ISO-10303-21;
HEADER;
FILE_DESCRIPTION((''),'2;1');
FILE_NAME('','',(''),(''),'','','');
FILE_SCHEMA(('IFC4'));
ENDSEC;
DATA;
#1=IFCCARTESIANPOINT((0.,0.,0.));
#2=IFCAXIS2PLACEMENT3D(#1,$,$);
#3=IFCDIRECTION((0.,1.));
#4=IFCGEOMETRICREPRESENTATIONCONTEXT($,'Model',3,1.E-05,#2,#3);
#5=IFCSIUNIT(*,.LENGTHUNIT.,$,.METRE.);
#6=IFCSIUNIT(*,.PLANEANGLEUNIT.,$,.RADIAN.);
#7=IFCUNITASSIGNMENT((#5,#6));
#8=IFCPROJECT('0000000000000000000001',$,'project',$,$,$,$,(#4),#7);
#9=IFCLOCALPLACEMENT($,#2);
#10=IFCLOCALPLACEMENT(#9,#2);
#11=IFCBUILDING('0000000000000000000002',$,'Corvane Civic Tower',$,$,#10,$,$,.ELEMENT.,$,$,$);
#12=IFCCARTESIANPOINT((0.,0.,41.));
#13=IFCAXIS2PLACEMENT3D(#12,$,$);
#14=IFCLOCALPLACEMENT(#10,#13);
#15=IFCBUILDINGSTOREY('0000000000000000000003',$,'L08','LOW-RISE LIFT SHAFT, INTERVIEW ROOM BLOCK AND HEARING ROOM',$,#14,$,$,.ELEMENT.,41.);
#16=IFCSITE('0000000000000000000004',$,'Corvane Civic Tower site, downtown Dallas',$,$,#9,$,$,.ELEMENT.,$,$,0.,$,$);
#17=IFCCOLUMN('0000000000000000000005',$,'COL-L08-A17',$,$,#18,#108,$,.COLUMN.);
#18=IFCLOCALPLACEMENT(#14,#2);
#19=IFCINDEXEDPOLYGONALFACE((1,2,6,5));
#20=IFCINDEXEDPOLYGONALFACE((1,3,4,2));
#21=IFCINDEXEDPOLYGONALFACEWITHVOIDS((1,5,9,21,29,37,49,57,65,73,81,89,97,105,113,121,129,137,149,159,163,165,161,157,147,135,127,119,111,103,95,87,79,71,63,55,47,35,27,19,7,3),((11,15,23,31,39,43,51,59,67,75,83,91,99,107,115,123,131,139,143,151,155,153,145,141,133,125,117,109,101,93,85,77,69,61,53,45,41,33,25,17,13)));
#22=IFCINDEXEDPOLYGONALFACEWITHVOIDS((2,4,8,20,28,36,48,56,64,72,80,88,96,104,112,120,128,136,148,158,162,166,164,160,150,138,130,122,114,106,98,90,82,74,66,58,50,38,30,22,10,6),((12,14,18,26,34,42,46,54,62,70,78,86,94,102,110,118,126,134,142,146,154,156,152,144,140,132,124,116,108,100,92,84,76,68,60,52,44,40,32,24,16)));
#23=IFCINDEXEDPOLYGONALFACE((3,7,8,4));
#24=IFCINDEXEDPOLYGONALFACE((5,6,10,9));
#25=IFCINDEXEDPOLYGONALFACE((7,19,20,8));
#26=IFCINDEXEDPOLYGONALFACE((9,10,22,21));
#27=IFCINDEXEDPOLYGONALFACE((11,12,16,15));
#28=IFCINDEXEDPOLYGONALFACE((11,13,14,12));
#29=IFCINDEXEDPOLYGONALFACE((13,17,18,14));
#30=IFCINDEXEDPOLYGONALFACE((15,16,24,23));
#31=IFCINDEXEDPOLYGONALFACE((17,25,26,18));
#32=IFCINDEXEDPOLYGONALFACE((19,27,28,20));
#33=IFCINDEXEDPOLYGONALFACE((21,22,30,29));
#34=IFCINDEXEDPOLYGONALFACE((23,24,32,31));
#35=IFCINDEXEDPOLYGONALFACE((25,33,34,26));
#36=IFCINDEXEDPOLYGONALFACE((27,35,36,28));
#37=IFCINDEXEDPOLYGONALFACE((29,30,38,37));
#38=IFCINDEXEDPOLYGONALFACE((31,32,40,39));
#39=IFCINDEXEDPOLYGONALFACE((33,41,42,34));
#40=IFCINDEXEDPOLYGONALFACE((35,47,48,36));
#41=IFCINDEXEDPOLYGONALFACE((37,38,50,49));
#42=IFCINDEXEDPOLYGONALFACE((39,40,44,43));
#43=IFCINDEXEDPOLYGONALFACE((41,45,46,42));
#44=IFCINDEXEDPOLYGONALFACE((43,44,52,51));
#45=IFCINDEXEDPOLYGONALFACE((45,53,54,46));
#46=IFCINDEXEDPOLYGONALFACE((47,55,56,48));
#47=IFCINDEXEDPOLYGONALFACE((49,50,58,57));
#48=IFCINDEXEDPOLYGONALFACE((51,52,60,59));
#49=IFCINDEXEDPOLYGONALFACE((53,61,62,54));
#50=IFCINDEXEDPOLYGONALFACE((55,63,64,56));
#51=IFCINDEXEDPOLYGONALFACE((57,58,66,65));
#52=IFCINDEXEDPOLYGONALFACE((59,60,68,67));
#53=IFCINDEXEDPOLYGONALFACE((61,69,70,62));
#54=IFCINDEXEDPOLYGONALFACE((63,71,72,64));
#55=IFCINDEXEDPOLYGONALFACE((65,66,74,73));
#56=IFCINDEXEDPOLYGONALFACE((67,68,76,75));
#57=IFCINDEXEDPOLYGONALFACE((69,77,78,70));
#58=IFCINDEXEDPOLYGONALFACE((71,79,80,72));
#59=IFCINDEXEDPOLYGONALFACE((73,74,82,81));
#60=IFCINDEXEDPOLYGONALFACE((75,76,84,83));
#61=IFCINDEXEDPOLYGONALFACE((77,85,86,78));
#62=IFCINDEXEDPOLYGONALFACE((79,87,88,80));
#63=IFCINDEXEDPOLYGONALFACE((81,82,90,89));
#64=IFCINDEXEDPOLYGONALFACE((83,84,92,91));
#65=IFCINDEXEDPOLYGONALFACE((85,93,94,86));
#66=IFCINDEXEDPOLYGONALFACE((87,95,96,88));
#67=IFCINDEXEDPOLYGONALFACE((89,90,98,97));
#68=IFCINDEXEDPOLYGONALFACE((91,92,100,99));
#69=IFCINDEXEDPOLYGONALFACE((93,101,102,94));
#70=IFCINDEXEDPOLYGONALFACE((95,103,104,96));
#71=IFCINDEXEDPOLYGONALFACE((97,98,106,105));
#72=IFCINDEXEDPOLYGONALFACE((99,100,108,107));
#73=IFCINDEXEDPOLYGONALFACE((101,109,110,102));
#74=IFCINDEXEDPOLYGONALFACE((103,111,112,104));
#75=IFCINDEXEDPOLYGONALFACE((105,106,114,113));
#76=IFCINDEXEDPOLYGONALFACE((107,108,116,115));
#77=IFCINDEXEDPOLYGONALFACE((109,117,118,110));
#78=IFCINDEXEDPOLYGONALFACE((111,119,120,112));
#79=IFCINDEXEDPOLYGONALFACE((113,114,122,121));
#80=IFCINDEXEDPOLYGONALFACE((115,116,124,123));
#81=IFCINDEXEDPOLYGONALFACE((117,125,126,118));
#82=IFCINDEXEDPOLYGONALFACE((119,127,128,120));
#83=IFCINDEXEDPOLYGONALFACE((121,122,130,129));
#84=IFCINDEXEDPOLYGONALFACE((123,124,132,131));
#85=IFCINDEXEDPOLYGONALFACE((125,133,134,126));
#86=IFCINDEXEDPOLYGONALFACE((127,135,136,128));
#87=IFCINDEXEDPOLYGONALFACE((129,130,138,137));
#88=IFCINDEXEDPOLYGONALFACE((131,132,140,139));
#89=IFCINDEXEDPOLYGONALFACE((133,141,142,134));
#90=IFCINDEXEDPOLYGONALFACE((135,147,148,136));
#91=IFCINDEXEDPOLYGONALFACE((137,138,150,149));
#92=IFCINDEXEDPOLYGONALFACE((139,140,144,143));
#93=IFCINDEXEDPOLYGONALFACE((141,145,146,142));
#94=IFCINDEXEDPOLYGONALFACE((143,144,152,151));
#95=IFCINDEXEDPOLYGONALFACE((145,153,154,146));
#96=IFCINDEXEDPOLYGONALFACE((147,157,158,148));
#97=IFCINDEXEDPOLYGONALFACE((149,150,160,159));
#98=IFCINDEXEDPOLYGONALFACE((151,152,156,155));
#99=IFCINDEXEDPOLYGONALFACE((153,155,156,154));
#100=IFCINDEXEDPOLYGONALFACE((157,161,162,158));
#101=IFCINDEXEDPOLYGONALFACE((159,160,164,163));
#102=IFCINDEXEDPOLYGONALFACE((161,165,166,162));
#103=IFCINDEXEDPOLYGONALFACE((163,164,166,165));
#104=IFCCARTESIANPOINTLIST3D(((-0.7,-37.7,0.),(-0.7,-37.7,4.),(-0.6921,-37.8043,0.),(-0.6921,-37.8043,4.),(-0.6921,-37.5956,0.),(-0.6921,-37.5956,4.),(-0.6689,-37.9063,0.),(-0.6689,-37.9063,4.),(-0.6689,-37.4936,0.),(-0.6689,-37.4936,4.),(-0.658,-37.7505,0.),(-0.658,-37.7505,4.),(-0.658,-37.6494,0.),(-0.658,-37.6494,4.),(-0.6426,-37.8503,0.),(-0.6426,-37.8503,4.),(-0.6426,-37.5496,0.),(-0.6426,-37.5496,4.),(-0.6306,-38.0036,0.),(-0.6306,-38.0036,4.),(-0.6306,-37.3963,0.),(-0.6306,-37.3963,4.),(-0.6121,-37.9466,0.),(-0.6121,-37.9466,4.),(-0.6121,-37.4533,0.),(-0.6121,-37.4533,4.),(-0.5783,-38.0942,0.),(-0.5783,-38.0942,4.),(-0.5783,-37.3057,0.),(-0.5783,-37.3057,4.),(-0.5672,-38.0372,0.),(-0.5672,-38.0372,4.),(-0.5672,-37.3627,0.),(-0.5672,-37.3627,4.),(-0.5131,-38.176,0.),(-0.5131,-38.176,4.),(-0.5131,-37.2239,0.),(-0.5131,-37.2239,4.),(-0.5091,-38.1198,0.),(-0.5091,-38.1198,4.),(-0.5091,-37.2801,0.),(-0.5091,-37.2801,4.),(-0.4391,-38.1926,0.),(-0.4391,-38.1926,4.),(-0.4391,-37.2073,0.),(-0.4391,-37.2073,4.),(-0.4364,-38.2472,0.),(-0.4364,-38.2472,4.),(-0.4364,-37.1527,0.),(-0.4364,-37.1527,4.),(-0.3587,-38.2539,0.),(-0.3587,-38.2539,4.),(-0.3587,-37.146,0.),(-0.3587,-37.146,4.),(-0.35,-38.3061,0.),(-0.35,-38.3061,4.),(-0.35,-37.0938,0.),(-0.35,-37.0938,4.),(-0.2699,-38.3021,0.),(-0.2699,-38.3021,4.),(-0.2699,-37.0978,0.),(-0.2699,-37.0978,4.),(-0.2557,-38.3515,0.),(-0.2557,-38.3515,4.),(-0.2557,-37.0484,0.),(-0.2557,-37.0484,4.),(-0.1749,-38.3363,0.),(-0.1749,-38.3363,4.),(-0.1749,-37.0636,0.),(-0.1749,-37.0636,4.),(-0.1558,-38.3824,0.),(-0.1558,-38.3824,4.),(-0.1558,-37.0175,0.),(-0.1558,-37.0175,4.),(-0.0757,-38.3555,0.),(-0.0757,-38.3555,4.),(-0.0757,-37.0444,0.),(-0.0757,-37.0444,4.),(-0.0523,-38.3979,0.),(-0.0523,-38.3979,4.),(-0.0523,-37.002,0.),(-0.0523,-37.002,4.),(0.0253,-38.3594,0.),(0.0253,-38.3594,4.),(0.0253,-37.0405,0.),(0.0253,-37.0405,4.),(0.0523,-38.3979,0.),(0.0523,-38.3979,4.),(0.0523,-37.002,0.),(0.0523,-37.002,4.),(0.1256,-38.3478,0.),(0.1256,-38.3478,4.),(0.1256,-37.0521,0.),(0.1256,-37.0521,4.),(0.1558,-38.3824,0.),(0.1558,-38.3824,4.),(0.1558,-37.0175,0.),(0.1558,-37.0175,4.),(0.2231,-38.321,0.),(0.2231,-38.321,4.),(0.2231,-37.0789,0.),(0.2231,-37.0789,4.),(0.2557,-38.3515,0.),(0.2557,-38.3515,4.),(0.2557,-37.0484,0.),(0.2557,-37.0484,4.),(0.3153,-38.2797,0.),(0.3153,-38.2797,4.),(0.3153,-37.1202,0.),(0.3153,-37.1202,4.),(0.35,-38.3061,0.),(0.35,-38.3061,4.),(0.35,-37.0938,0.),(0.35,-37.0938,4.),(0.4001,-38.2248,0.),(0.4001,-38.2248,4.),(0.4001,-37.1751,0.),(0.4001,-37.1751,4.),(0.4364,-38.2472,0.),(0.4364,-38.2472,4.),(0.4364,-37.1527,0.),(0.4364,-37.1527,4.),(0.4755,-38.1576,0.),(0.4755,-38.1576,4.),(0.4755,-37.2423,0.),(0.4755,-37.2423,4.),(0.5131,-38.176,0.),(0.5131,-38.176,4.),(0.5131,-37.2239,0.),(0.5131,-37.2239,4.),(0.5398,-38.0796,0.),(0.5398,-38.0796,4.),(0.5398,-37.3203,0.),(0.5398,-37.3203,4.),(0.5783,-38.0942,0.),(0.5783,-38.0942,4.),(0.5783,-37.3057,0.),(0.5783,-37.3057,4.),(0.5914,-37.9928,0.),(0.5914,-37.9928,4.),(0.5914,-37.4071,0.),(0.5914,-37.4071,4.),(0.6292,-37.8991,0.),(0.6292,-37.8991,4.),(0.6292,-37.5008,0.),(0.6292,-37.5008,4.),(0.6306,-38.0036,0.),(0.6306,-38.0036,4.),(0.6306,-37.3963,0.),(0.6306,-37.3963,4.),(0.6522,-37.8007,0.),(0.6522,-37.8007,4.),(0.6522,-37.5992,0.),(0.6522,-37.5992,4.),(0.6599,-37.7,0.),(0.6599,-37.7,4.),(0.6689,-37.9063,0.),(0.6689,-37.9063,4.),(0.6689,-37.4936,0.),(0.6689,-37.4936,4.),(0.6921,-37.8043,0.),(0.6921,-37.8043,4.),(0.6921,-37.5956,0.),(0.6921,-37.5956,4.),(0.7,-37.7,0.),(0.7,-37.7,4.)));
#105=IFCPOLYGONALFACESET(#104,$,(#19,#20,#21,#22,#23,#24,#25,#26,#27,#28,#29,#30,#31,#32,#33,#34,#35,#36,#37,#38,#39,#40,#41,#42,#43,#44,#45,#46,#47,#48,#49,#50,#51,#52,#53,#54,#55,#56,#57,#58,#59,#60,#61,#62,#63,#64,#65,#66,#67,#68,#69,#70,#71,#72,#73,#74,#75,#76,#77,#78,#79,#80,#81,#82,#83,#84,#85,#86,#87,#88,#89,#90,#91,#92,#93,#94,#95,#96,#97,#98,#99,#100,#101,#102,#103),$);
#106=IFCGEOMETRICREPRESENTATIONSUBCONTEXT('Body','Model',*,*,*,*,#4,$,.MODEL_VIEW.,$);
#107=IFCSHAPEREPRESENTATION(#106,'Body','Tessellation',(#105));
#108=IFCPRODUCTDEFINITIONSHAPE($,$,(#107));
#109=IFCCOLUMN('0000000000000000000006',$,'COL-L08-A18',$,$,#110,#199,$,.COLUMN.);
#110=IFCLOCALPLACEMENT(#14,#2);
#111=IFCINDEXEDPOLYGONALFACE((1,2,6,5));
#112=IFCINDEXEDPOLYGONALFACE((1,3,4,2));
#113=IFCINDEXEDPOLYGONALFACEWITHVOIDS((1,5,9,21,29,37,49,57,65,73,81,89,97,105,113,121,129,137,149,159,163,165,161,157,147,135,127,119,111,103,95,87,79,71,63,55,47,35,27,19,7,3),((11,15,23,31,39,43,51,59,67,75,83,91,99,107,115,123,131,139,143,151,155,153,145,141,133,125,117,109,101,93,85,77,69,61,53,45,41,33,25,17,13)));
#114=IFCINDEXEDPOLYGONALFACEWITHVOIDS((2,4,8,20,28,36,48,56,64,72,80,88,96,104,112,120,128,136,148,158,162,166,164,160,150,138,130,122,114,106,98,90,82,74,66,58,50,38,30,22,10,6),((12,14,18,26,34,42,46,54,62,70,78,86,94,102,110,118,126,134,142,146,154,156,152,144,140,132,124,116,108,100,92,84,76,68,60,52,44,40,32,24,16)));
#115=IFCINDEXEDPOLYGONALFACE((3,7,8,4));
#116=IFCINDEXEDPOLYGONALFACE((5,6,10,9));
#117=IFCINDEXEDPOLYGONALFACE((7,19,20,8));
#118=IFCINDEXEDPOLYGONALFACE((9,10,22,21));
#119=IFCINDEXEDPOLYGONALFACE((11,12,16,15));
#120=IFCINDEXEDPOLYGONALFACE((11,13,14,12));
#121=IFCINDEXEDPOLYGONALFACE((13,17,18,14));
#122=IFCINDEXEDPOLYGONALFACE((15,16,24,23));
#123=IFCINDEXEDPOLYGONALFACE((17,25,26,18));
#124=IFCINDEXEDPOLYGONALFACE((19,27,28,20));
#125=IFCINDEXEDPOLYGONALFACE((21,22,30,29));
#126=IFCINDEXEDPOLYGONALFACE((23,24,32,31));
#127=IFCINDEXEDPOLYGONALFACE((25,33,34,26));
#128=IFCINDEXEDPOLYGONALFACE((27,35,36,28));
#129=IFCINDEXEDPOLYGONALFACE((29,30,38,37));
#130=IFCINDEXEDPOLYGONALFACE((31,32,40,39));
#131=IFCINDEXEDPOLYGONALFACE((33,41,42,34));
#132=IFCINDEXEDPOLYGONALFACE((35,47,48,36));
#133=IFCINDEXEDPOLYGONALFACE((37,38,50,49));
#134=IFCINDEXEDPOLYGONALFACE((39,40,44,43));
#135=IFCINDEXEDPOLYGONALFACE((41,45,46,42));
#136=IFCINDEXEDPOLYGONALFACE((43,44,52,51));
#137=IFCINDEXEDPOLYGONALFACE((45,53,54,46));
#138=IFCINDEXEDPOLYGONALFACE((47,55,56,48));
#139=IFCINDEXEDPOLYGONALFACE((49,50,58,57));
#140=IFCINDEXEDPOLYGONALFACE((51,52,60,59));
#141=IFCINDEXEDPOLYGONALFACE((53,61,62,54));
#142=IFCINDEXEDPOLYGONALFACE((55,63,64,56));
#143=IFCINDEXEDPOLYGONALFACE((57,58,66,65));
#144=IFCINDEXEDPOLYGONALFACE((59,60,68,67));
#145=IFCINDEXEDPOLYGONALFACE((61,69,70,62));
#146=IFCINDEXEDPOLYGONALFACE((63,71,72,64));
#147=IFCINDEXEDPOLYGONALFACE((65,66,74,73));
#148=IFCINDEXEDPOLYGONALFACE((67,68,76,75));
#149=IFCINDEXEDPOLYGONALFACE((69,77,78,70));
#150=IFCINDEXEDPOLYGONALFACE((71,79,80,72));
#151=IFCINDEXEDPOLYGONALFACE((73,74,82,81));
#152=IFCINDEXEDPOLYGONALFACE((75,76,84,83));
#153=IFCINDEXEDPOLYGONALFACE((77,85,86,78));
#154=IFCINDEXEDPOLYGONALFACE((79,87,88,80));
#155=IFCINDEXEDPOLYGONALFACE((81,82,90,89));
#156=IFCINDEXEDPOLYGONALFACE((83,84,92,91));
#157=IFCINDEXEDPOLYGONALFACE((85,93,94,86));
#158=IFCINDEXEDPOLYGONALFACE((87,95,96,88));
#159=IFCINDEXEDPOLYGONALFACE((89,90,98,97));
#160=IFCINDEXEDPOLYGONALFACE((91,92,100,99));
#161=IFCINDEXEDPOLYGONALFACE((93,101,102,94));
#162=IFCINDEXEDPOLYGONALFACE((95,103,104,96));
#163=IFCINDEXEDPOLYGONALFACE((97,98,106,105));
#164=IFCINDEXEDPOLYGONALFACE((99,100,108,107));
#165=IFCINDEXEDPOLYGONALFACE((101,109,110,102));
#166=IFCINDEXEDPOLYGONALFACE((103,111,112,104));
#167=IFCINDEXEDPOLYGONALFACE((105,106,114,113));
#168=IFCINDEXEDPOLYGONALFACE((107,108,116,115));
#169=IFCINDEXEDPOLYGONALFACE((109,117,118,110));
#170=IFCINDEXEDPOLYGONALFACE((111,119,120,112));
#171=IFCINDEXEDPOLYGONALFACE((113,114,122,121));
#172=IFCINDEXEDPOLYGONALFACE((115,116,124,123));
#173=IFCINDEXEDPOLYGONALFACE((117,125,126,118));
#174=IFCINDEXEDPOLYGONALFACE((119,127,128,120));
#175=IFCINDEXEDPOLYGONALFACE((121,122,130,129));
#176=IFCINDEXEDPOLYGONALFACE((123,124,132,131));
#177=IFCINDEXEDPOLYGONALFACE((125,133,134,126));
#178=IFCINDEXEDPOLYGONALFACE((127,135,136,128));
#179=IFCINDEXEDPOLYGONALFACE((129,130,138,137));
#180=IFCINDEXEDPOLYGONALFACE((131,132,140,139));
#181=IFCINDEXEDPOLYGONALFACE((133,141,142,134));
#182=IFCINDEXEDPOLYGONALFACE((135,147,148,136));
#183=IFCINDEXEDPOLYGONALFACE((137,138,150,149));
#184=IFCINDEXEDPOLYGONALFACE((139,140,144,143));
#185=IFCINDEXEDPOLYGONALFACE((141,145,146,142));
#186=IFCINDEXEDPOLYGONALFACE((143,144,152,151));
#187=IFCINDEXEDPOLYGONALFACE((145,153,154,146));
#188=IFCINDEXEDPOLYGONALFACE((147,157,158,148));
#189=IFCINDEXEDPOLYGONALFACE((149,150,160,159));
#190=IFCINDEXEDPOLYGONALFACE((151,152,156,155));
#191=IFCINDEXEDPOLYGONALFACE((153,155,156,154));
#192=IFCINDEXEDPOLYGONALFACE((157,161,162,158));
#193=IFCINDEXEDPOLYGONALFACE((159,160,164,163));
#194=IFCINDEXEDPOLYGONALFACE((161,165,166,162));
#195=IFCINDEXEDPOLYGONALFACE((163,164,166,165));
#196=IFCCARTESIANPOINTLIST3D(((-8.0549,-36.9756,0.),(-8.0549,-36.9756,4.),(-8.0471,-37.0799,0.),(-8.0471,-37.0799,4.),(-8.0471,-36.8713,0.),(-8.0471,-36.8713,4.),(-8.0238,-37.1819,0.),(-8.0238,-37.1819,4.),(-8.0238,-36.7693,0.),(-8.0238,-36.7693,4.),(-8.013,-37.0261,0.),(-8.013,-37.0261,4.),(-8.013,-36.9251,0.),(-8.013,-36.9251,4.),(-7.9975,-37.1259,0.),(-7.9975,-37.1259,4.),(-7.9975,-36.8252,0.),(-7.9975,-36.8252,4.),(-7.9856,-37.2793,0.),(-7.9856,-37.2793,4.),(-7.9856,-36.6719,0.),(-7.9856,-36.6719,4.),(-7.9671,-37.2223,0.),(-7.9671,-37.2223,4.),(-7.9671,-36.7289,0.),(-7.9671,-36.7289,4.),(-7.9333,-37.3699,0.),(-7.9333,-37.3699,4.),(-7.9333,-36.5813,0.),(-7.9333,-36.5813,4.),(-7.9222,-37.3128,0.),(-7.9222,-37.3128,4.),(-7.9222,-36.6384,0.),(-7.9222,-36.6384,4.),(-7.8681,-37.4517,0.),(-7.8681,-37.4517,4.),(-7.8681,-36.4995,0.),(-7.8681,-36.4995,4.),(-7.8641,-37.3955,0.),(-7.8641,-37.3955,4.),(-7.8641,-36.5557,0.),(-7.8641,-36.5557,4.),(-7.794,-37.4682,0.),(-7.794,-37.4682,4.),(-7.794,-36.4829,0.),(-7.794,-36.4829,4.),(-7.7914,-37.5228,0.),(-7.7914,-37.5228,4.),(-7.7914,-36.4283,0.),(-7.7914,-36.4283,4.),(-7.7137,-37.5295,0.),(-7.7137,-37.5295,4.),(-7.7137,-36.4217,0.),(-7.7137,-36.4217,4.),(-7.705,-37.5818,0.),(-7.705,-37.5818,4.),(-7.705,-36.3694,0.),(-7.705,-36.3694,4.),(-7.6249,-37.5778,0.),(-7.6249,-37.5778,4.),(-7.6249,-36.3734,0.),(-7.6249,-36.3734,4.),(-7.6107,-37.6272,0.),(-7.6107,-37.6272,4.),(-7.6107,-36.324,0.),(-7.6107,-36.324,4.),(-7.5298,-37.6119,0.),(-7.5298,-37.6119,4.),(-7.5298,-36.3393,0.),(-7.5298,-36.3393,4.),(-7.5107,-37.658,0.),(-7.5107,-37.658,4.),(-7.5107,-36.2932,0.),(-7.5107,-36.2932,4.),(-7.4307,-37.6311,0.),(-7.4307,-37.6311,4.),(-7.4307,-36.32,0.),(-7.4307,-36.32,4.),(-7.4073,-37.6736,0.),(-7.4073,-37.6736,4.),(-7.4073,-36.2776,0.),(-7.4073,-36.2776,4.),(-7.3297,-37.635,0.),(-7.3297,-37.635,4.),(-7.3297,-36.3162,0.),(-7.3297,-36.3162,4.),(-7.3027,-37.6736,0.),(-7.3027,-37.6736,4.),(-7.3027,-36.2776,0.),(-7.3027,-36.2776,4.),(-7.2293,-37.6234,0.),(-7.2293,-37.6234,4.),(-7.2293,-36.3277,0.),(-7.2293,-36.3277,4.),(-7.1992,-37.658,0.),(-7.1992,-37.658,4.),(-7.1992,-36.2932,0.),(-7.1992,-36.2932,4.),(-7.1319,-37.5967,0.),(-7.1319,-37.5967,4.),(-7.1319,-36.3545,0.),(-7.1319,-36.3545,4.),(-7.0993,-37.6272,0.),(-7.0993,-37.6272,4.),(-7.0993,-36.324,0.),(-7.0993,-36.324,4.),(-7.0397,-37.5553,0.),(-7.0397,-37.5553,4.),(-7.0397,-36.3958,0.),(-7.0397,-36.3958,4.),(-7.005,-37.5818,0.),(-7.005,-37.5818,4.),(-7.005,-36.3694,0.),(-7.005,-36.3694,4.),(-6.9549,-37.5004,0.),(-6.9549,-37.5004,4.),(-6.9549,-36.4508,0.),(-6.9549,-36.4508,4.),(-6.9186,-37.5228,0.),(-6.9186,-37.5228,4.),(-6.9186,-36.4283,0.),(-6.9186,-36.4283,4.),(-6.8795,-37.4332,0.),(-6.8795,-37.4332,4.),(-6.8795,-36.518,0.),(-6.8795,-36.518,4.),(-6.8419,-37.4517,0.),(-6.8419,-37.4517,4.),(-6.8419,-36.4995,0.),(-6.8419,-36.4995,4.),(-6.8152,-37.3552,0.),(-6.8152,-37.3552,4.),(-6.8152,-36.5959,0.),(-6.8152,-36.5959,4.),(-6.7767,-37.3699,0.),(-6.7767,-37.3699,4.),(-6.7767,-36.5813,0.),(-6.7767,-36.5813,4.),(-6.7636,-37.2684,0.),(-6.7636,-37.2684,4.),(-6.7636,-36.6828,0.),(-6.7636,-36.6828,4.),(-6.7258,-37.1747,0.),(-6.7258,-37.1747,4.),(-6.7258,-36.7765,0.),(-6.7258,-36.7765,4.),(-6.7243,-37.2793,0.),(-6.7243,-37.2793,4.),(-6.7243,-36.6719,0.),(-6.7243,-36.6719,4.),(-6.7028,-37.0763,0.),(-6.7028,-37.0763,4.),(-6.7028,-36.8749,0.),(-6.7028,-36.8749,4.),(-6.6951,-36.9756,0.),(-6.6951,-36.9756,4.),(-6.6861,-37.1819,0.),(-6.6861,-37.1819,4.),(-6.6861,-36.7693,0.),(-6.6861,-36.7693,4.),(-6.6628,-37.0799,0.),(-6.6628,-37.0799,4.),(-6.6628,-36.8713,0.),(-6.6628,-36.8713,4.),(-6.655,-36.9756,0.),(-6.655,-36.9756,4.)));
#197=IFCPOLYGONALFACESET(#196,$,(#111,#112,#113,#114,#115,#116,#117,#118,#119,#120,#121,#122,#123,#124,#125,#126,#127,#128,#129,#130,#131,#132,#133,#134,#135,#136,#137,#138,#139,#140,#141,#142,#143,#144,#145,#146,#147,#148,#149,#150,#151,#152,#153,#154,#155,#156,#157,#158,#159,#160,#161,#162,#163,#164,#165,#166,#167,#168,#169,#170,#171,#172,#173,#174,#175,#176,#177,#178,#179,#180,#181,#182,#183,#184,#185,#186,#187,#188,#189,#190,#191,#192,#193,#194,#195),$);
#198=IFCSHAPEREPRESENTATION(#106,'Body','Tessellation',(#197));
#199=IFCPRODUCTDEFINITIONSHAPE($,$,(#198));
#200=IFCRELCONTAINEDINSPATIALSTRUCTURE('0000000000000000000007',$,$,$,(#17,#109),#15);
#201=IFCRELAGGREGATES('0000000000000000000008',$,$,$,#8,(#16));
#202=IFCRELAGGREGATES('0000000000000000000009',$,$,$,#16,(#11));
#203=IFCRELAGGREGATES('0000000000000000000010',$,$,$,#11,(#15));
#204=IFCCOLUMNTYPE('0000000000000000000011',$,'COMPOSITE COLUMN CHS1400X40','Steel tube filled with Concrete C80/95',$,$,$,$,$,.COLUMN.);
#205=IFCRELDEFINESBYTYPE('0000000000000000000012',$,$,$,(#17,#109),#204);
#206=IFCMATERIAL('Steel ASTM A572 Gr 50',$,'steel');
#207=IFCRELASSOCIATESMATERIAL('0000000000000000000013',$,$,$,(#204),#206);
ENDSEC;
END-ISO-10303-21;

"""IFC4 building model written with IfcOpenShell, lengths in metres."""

from ifc_helpers import new_model, si_unit, direction, frame, origin, origin_2d, place, context, subcontext, project, spatial, hollow_circle, extrude, material, material_profile, profile_set, type_object, element, save


model = new_model("IFC4")

# Units and contexts
model_context = context("Model", 3, precision=1e-05, world=origin(), true_north=direction((0.0, 1.0)))
body_context = subcontext(model_context, "Body", "Model", "MODEL_VIEW")
ifc_project = project(units=[si_unit("LENGTHUNIT", "METRE"), si_unit("PLANEANGLEUNIT", "RADIAN")], contexts=[model_context])

# Site, building, storey
site_placement = place(None, origin())
site = spatial("IfcSite", under=ifc_project, at=site_placement, Name="Corvane Civic Tower site, downtown Dallas", CompositionType="ELEMENT", RefElevation=0.0)
building_placement = place(site_placement, origin())
building = spatial("IfcBuilding", under=site, at=building_placement, Name="Corvane Civic Tower", CompositionType="ELEMENT")
storey_placement = place(building_placement, frame((0.0, 0.0, 41.0)))
storey = spatial("IfcBuildingStorey", under=building, at=storey_placement, Name="L08", Description="LOW-RISE LIFT SHAFT, INTERVIEW ROOM BLOCK AND HEARING ROOM", CompositionType="ELEMENT", Elevation=41.0)

# Columns
ifc_material_1 = material(Name="Steel ASTM A572 Gr 50", Category="steel")
ifc_material_profile_1 = material_profile(ifc_material_1, hollow_circle(Radius=0.7, WallThickness=0.04, at=origin_2d()), Name="CHS1400X40")
ifc_profile_set_1 = profile_set([ifc_material_profile_1], Name="Steel ASTM A572 Gr 50")
column_type = type_object("IfcColumnType", Name="COMPOSITE COLUMN CHS1400X40", Description="Steel tube filled with Concrete C80/95", PredefinedType="COLUMN", material=ifc_profile_set_1)
for number, where, z_axis, x_axis, name in (
    (1, (0.0, -37.7, 0.0), (0.0, 0.0, 1.0), (1.0, 0.0, 0.0), "COL-L08-A17"),
    (2, (-7.355, -36.9756, 0.0), (0.0, 0.0, 1.0), (1.0, 0.0, 0.0), "COL-L08-A18"),
):
    element("IfcColumn", number, at=place(storey_placement, frame(where, z_axis=z_axis, x_axis=x_axis)), inside=storey, type_object=column_type, Name=name, PredefinedType="COLUMN", context=body_context, shape_type="SweptSolid", body=[
        extrude(hollow_circle(Radius=0.7, WallThickness=0.04, at=origin_2d()), origin(), (0.0, 0.0, 1.0), 4.0),
    ])

save(model, "model.ifc")
